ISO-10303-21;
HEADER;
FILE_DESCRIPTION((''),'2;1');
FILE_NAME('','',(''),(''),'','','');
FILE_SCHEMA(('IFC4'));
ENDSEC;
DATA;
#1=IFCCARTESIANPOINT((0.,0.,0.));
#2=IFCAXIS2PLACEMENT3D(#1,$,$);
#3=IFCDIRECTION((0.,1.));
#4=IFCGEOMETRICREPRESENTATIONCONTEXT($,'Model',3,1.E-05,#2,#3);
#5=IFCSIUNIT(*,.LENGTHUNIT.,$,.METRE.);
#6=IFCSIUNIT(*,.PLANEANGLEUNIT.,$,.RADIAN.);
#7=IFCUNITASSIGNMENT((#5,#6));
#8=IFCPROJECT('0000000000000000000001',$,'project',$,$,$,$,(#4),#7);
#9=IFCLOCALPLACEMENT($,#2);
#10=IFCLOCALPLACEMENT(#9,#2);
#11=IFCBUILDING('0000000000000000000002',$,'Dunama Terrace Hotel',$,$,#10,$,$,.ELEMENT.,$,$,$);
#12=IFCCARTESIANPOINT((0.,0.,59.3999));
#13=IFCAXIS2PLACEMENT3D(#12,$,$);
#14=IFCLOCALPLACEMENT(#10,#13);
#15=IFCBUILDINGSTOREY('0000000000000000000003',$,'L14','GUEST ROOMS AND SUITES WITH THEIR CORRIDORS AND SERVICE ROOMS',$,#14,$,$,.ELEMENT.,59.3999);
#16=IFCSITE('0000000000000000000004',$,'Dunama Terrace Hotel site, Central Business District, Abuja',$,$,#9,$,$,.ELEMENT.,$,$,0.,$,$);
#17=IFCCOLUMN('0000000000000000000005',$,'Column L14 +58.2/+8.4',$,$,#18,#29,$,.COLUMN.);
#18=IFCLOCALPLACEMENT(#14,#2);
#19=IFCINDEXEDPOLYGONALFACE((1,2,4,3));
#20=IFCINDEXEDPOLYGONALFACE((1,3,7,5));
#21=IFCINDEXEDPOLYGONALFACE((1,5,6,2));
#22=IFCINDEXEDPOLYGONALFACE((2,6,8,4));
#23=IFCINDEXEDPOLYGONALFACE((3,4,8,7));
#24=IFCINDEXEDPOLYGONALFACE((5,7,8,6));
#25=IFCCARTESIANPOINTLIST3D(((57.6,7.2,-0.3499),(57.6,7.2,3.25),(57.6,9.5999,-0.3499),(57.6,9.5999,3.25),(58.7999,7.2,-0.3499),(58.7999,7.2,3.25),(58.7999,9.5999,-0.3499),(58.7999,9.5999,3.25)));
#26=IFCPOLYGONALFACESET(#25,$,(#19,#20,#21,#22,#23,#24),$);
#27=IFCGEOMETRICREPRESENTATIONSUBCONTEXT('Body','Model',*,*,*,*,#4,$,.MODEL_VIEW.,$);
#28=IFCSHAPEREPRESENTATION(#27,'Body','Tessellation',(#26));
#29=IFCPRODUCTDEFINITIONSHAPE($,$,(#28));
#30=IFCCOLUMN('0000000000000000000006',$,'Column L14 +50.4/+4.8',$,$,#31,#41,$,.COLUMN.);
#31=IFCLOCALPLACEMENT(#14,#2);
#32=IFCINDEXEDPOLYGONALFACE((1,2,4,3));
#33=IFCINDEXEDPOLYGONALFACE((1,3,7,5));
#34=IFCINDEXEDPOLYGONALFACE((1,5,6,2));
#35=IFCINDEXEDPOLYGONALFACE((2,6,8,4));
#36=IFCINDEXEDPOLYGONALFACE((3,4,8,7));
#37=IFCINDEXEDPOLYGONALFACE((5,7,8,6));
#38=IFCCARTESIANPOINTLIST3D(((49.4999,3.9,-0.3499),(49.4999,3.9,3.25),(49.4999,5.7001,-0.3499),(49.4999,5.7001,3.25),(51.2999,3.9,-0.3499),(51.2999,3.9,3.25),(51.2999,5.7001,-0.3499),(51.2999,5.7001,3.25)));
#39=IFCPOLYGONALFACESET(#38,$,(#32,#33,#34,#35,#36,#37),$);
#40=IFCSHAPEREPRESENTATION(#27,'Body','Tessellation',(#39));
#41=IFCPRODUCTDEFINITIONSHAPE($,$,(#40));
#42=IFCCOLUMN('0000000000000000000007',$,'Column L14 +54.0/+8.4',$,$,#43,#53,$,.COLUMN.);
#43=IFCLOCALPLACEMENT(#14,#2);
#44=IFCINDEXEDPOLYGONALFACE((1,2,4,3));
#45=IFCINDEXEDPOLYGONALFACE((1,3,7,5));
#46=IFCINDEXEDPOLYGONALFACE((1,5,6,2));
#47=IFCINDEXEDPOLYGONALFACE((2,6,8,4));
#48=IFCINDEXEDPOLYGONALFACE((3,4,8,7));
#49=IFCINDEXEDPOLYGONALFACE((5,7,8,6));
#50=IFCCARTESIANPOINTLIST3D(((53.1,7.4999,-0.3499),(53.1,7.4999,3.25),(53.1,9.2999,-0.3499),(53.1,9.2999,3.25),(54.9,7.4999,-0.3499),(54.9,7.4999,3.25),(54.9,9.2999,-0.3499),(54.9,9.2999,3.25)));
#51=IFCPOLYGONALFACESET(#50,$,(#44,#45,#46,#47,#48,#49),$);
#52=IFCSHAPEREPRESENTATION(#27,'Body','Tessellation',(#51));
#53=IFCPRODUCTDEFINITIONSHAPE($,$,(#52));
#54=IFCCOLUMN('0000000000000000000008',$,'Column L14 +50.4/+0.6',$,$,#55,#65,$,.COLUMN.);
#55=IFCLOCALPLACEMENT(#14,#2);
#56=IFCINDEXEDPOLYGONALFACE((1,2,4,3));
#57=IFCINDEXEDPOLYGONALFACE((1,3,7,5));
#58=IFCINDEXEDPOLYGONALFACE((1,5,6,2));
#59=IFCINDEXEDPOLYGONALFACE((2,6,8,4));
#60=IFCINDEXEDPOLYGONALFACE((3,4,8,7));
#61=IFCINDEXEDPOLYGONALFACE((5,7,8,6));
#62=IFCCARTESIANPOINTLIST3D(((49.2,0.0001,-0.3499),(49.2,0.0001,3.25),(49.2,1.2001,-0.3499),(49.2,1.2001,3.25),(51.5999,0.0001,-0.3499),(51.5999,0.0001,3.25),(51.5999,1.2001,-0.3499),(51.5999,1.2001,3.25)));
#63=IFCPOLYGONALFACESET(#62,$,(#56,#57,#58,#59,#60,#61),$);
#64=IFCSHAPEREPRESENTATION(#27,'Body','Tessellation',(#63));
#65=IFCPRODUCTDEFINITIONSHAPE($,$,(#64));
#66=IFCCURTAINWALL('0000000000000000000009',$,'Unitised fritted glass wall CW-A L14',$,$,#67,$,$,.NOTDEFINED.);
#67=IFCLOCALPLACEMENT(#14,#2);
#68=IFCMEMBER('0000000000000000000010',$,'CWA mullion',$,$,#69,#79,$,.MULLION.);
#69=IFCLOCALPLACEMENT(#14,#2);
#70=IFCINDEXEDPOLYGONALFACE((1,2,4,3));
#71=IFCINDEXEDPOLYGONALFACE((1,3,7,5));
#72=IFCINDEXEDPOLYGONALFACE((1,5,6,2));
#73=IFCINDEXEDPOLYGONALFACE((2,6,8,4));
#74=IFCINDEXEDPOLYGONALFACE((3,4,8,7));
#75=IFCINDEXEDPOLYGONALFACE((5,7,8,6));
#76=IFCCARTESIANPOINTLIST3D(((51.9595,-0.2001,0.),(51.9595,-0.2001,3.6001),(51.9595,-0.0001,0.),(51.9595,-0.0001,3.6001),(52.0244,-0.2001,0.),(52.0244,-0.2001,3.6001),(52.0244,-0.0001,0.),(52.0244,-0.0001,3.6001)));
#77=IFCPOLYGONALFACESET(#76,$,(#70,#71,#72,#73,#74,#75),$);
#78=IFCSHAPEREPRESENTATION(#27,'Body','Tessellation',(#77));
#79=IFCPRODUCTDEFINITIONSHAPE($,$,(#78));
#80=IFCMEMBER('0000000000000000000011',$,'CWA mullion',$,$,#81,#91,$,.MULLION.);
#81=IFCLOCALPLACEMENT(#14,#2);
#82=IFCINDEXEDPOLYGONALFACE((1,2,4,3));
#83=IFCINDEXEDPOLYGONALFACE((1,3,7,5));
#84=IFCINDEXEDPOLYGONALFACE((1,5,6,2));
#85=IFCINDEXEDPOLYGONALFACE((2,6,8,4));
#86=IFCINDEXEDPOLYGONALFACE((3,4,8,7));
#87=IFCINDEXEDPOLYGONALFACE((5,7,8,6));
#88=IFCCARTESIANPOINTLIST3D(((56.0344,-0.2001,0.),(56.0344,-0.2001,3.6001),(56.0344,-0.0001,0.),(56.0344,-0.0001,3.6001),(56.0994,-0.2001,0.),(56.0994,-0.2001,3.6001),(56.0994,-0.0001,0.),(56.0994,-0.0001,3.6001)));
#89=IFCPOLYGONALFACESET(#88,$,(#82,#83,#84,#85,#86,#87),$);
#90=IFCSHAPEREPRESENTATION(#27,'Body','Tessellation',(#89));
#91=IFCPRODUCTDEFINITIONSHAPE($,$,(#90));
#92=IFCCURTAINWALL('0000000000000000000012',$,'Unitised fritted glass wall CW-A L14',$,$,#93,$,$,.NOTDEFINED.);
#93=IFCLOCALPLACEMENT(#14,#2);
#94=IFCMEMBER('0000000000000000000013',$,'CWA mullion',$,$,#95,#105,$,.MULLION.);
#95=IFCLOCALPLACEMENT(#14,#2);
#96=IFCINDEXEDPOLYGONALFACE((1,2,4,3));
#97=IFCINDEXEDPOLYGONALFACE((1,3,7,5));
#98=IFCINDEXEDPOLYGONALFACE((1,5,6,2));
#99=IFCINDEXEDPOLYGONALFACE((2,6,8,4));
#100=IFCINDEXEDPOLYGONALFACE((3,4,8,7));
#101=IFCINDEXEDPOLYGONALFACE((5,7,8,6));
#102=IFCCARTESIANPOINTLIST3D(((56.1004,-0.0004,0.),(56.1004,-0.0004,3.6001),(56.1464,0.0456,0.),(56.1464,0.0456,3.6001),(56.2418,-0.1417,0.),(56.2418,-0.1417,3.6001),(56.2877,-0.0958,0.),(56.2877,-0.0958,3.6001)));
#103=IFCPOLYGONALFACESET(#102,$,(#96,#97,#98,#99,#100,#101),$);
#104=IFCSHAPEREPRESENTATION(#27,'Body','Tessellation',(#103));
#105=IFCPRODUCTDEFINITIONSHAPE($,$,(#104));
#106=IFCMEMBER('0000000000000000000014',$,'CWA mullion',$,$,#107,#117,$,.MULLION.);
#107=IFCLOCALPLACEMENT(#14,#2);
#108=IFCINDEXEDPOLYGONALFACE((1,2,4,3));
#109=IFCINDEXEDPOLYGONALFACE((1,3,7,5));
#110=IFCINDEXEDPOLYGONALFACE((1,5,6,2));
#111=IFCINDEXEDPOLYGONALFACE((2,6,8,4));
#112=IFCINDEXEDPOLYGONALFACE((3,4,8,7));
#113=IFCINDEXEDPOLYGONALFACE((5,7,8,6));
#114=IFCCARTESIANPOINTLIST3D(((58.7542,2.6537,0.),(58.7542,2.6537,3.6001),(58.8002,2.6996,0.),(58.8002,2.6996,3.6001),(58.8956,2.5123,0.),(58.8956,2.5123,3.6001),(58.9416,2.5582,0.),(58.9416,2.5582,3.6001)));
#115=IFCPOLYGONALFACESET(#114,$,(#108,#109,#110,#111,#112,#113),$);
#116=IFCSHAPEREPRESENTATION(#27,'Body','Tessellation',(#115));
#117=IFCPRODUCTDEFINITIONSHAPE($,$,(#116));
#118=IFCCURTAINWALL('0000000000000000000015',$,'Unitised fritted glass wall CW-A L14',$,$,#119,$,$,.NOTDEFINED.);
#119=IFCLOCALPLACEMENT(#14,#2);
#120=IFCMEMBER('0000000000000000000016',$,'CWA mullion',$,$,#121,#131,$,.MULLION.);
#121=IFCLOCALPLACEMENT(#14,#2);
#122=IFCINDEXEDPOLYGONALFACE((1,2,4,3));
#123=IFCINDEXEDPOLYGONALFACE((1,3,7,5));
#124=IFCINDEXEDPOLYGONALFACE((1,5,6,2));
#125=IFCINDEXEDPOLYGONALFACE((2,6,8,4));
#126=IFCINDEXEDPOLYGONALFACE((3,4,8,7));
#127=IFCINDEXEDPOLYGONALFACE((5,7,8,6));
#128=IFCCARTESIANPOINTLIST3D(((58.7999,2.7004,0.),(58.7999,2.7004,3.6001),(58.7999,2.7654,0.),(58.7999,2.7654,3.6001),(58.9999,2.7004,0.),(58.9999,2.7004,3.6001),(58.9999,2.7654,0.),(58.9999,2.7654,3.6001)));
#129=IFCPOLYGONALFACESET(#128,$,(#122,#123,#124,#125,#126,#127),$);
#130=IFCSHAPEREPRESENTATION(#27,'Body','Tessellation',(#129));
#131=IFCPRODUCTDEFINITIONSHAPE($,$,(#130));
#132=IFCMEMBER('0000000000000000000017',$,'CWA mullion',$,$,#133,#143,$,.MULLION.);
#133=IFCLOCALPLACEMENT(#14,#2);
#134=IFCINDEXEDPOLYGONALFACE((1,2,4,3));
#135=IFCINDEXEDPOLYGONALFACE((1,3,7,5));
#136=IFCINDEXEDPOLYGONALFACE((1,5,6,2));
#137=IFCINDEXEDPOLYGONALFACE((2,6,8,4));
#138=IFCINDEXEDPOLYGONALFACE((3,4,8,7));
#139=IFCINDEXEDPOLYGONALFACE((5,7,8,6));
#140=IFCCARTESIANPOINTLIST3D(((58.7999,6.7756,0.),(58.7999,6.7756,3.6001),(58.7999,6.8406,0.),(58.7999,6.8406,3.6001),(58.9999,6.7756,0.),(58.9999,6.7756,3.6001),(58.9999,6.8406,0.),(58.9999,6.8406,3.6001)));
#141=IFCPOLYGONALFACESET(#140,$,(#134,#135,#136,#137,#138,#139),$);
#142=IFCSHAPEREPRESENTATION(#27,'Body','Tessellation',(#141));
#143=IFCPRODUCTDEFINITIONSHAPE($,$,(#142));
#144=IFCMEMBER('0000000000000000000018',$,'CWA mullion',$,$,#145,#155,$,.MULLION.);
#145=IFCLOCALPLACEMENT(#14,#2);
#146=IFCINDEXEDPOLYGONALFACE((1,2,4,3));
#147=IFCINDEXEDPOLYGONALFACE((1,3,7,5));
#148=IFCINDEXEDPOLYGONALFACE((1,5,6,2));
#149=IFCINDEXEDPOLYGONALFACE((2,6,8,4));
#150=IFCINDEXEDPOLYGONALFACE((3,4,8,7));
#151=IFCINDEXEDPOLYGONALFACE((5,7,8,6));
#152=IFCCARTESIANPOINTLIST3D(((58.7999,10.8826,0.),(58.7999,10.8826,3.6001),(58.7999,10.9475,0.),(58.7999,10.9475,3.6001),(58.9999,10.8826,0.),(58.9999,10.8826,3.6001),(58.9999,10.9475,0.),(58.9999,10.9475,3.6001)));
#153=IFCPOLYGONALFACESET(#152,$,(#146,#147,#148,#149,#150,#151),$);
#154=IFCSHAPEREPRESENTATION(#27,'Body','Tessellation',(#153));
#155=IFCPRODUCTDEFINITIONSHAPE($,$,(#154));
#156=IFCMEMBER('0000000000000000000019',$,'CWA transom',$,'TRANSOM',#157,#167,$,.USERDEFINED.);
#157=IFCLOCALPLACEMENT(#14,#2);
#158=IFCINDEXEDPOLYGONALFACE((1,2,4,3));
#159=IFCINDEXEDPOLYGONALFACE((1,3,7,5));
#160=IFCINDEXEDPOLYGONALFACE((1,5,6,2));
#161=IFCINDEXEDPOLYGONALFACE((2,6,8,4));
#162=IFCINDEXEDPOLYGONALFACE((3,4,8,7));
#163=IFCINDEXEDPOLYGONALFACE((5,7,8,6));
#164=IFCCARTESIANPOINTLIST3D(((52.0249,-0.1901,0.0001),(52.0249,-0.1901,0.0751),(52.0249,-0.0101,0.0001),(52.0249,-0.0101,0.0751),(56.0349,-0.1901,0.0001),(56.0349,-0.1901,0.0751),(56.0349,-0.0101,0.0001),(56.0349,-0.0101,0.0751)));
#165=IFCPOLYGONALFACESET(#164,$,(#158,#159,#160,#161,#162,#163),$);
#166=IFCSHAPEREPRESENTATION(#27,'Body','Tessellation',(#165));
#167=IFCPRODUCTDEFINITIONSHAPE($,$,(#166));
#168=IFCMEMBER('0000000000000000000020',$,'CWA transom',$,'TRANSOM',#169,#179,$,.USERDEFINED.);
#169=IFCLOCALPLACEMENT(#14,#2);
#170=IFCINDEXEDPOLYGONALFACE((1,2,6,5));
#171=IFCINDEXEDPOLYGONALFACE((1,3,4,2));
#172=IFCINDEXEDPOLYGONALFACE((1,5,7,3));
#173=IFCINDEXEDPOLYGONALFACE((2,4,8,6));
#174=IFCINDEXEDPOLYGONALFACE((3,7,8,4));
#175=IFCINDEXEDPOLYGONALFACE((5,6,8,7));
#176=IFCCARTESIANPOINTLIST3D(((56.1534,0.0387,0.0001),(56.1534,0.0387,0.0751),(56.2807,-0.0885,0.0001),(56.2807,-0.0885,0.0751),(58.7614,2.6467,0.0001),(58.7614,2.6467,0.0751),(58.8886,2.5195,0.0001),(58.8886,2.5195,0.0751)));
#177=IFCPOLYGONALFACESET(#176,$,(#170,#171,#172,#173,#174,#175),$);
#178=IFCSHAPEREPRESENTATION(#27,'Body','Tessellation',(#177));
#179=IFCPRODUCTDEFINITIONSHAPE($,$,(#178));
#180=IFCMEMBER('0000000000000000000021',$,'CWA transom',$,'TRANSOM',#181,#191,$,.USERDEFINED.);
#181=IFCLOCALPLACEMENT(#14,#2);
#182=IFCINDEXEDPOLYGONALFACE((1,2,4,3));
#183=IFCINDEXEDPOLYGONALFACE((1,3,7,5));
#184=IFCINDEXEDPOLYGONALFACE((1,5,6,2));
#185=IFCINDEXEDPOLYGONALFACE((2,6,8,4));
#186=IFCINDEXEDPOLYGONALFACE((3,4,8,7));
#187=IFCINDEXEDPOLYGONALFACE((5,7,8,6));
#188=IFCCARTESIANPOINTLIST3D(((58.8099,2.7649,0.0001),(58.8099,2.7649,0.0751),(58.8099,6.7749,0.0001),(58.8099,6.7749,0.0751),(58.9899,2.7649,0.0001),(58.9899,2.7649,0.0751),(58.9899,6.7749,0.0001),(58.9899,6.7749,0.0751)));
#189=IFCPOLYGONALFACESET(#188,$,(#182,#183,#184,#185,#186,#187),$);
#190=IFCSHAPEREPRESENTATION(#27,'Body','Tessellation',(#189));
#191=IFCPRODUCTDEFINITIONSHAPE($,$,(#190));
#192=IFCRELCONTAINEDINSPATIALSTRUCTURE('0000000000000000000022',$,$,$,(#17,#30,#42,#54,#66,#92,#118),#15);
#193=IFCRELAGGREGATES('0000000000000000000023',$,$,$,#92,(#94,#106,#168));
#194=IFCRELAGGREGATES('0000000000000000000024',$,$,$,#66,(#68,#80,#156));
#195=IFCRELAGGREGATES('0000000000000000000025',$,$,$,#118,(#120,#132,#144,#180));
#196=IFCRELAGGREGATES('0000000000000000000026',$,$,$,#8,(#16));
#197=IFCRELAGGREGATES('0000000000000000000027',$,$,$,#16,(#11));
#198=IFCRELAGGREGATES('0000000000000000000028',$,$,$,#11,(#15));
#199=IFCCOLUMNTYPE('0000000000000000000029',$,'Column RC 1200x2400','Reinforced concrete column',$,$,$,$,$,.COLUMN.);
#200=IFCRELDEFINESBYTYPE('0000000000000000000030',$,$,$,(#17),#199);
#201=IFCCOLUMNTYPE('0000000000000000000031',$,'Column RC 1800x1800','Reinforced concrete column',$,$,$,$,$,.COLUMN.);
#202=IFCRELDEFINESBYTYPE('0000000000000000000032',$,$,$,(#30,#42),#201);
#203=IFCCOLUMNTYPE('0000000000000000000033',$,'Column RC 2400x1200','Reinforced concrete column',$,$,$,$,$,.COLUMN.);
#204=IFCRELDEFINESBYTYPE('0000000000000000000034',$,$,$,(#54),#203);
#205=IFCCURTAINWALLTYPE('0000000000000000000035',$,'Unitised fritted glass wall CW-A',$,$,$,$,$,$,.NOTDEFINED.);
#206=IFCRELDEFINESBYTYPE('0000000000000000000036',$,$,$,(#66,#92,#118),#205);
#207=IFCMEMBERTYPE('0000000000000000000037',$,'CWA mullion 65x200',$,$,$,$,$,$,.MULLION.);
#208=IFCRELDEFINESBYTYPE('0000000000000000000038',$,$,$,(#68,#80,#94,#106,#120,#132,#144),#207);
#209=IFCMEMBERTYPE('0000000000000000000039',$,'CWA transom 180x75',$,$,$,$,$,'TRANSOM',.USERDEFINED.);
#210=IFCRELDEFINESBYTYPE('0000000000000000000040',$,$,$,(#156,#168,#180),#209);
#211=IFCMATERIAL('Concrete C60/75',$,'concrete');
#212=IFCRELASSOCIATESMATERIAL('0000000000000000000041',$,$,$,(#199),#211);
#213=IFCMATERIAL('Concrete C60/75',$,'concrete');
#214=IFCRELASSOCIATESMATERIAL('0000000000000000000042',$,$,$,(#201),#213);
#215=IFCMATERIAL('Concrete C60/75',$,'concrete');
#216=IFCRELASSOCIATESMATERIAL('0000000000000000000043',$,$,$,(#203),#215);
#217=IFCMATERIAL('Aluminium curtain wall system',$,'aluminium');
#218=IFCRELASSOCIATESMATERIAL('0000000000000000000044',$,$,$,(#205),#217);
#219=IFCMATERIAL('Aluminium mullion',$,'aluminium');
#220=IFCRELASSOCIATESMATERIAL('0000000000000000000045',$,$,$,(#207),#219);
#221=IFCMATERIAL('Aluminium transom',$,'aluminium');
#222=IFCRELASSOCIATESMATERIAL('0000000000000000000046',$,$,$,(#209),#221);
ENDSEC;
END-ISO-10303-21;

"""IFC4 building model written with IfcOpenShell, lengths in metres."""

from ifc_helpers import new_model, si_unit, direction, frame, origin, origin_2d, place, context, subcontext, project, spatial, rectangle, extrude, material, material_profile, profile_set, type_object, element, aggregate, save


model = new_model("IFC4")

# Units and contexts
model_context = context("Model", 3, precision=1e-05, world=origin(), true_north=direction((0.0, 1.0)))
body_context = subcontext(model_context, "Body", "Model", "MODEL_VIEW")
ifc_project = project(units=[si_unit("LENGTHUNIT", "METRE"), si_unit("PLANEANGLEUNIT", "RADIAN")], contexts=[model_context])

# Site, building, storey
site_placement = place(None, origin())
site = spatial("IfcSite", under=ifc_project, at=site_placement, Name="Dunama Terrace Hotel site, Central Business District, Abuja", CompositionType="ELEMENT", RefElevation=0.0)
building_placement = place(site_placement, origin())
building = spatial("IfcBuilding", under=site, at=building_placement, Name="Dunama Terrace Hotel", CompositionType="ELEMENT")
storey_placement = place(building_placement, frame((0.0, 0.0, 59.3999)))
storey = spatial("IfcBuildingStorey", under=building, at=storey_placement, Name="L14", Description="GUEST ROOMS AND SUITES WITH THEIR CORRIDORS AND SERVICE ROOMS", CompositionType="ELEMENT", Elevation=59.3999)

# Columns
ifc_material_1 = material(Name="Concrete C60/75", Category="concrete")
ifc_material_profile_1 = material_profile(ifc_material_1, rectangle(XDim=1.2, YDim=2.3999, at=origin_2d()), Name="RC 1200x2400")
ifc_profile_set_1 = profile_set([ifc_material_profile_1], Name="Concrete C60/75")
column_type_1 = type_object("IfcColumnType", Name="Column RC 1200x2400", Description="Reinforced concrete column", PredefinedType="COLUMN", material=ifc_profile_set_1)
column_1_placement = place(storey_placement, frame((58.2, 8.3999, -0.3499), z_axis=(0.0, 0.0, 1.0), x_axis=(1.0, 0.0, 0.0)))
element("IfcColumn", 1, at=column_1_placement, inside=storey, type_object=column_type_1, Name="Column L14 +58.2/+8.4", PredefinedType="COLUMN", context=body_context, shape_type="SweptSolid", body=[
    extrude(rectangle(XDim=1.2, YDim=2.3999, at=origin_2d()), origin(), (0.0, 0.0, 1.0), 3.5999),
])
ifc_material_2 = material(Name="Concrete C60/75", Category="concrete")
ifc_material_profile_2 = material_profile(ifc_material_2, rectangle(XDim=1.8, YDim=1.8, at=origin_2d()), Name="RC 1800x1800")
ifc_profile_set_2 = profile_set([ifc_material_profile_2], Name="Concrete C60/75")
column_type_2 = type_object("IfcColumnType", Name="Column RC 1800x1800", Description="Reinforced concrete column", PredefinedType="COLUMN", material=ifc_profile_set_2)
for number, where, z_axis, x_axis, name in (
    (2, (50.3999, 4.8, -0.3499), (0.0, 0.0, 1.0), (1.0, 0.0, 0.0), "Column L14 +50.4/+4.8"),
    (3, (54.0, 8.3999, -0.3499), (0.0, 0.0, 1.0), (1.0, 0.0, 0.0), "Column L14 +54.0/+8.4"),
):
    element("IfcColumn", number, at=place(storey_placement, frame(where, z_axis=z_axis, x_axis=x_axis)), inside=storey, type_object=column_type_2, Name=name, PredefinedType="COLUMN", context=body_context, shape_type="SweptSolid", body=[
        extrude(rectangle(XDim=1.8, YDim=1.8, at=origin_2d()), origin(), (0.0, 0.0, 1.0), 3.5999),
    ])
ifc_material_3 = material(Name="Concrete C60/75", Category="concrete")
ifc_material_profile_3 = material_profile(ifc_material_3, rectangle(XDim=2.3999, YDim=1.2, at=origin_2d()), Name="RC 2400x1200")
ifc_profile_set_3 = profile_set([ifc_material_profile_3], Name="Concrete C60/75")
column_type_3 = type_object("IfcColumnType", Name="Column RC 2400x1200", Description="Reinforced concrete column", PredefinedType="COLUMN", material=ifc_profile_set_3)
column_2_placement = place(storey_placement, frame((50.3999, 0.6001, -0.3499), z_axis=(0.0, 0.0, 1.0), x_axis=(1.0, 0.0, 0.0)))
element("IfcColumn", 4, at=column_2_placement, inside=storey, type_object=column_type_3, Name="Column L14 +50.4/+0.6", PredefinedType="COLUMN", context=body_context, shape_type="SweptSolid", body=[
    extrude(rectangle(XDim=2.3999, YDim=1.2, at=origin_2d()), origin(), (0.0, 0.0, 1.0), 3.5999),
])

# Curtain walls, members
ifc_material_4 = material(Name="Aluminium curtain wall system", Category="aluminium")
curtain_wall_type = type_object("IfcCurtainWallType", Name="Unitised fritted glass wall CW-A", PredefinedType="NOTDEFINED", material=ifc_material_4)
curtain_wall_1_placement = place(storey_placement, origin())
curtain_wall_1 = element("IfcCurtainWall", 5, at=curtain_wall_1_placement, inside=storey, type_object=curtain_wall_type, Name="Unitised fritted glass wall CW-A L14", PredefinedType="NOTDEFINED")
ifc_material_5 = material(Name="Aluminium mullion", Category="aluminium")
ifc_material_profile_4 = material_profile(ifc_material_5, rectangle(XDim=0.0649, YDim=0.2, at=origin_2d()), Name="CWA MULLION 65X200")
ifc_profile_set_4 = profile_set([ifc_material_profile_4], Name="Aluminium mullion")
member_type_1 = type_object("IfcMemberType", Name="CWA mullion 65x200", PredefinedType="MULLION", material=ifc_profile_set_4)
member_1_placement = place(storey_placement, frame((51.9919, -0.1001, 0.0), z_axis=(0.0, 0.0, 1.0), x_axis=(1.0, 0.0, 0.0)))
member_1 = element("IfcMember", 6, at=member_1_placement, type_object=member_type_1, Name="CWA mullion", PredefinedType="MULLION", context=body_context, shape_type="SweptSolid", body=[
    extrude(rectangle(XDim=0.0649, YDim=0.2, at=origin_2d()), origin(), (0.0, 0.0, 1.0), 3.6001),
])
member_2_placement = place(storey_placement, frame((56.0669, -0.1001, 0.0), z_axis=(0.0, 0.0, 1.0), x_axis=(1.0, 0.0, 0.0)))
member_2 = element("IfcMember", 7, at=member_2_placement, type_object=member_type_1, Name="CWA mullion", PredefinedType="MULLION", context=body_context, shape_type="SweptSolid", body=[
    extrude(rectangle(XDim=0.0649, YDim=0.2, at=origin_2d()), origin(), (0.0, 0.0, 1.0), 3.6001),
])
curtain_wall_2_placement = place(storey_placement, origin())
curtain_wall_2 = element("IfcCurtainWall", 8, at=curtain_wall_2_placement, inside=storey, type_object=curtain_wall_type, Name="Unitised fritted glass wall CW-A L14", PredefinedType="NOTDEFINED")
member_3_placement = place(storey_placement, frame((56.1941, -0.0481, 0.0), z_axis=(0.0, 0.0, 1.0), x_axis=(0.707107, 0.707107, 0.0)))
member_3 = element("IfcMember", 9, at=member_3_placement, type_object=member_type_1, Name="CWA mullion", PredefinedType="MULLION", context=body_context, shape_type="SweptSolid", body=[
    extrude(rectangle(XDim=0.0649, YDim=0.2, at=origin_2d()), origin(), (0.0, 0.0, 1.0), 3.6001),
])
member_4_placement = place(storey_placement, frame((58.8479, 2.606, 0.0), z_axis=(0.0, 0.0, 1.0), x_axis=(0.707107, 0.707107, 0.0)))
member_4 = element("IfcMember", 10, at=member_4_placement, type_object=member_type_1, Name="CWA mullion", PredefinedType="MULLION", context=body_context, shape_type="SweptSolid", body=[
    extrude(rectangle(XDim=0.0649, YDim=0.2, at=origin_2d()), origin(), (0.0, 0.0, 1.0), 3.6001),
])
curtain_wall_3_placement = place(storey_placement, origin())
curtain_wall_3 = element("IfcCurtainWall", 11, at=curtain_wall_3_placement, inside=storey, type_object=curtain_wall_type, Name="Unitised fritted glass wall CW-A L14", PredefinedType="NOTDEFINED")
member_5_placement = place(storey_placement, frame((58.8999, 2.7329, 0.0), z_axis=(0.0, 0.0, 1.0), x_axis=(0.0, 1.0, 0.0)))
member_5 = element("IfcMember", 12, at=member_5_placement, type_object=member_type_1, Name="CWA mullion", PredefinedType="MULLION", context=body_context, shape_type="SweptSolid", body=[
    extrude(rectangle(XDim=0.0649, YDim=0.2, at=origin_2d()), origin(), (0.0, 0.0, 1.0), 3.6001),
])
member_6_placement = place(storey_placement, frame((58.8999, 6.8081, 0.0), z_axis=(0.0, 0.0, 1.0), x_axis=(0.0, 1.0, 0.0)))
member_6 = element("IfcMember", 13, at=member_6_placement, type_object=member_type_1, Name="CWA mullion", PredefinedType="MULLION", context=body_context, shape_type="SweptSolid", body=[
    extrude(rectangle(XDim=0.0649, YDim=0.2, at=origin_2d()), origin(), (0.0, 0.0, 1.0), 3.6001),
])
member_7_placement = place(storey_placement, frame((58.8999, 10.915, 0.0), z_axis=(0.0, 0.0, 1.0), x_axis=(0.0, 1.0, 0.0)))
member_7 = element("IfcMember", 14, at=member_7_placement, type_object=member_type_1, Name="CWA mullion", PredefinedType="MULLION", context=body_context, shape_type="SweptSolid", body=[
    extrude(rectangle(XDim=0.0649, YDim=0.2, at=origin_2d()), origin(), (0.0, 0.0, 1.0), 3.6001),
])

# Members
ifc_material_6 = material(Name="Aluminium transom", Category="aluminium")
ifc_material_profile_5 = material_profile(ifc_material_6, rectangle(XDim=0.1799, YDim=0.075, at=origin_2d()), Name="CWA TRANSOM 180X75")
ifc_profile_set_5 = profile_set([ifc_material_profile_5], Name="Aluminium transom")
member_type_2 = type_object("IfcMemberType", Name="CWA transom 180x75", ElementType="TRANSOM", PredefinedType="USERDEFINED", material=ifc_profile_set_5)
member_8_placement = place(storey_placement, frame((52.0249, -0.1001, 0.0376), z_axis=(1.0, 0.0, 0.0), x_axis=(0.0, 1.0, 0.0)))
member_8 = element("IfcMember", 15, at=member_8_placement, type_object=member_type_2, Name="CWA transom", ObjectType="TRANSOM", PredefinedType="USERDEFINED", context=body_context, shape_type="SweptSolid", body=[
    extrude(rectangle(XDim=0.1799, YDim=0.075, at=origin_2d()), origin(), (0.0, 0.0, 1.0), 4.01),
])
member_9_placement = place(storey_placement, frame((56.217, -0.0249, 0.0376), z_axis=(0.707107, 0.707107, 0.0), x_axis=(-0.707107, 0.707107, 0.0)))
member_9 = element("IfcMember", 16, at=member_9_placement, type_object=member_type_2, Name="CWA transom", ObjectType="TRANSOM", PredefinedType="USERDEFINED", context=body_context, shape_type="SweptSolid", body=[
    extrude(rectangle(XDim=0.1799, YDim=0.075, at=origin_2d()), origin(), (0.0, 0.0, 1.0), 3.6882),
])
member_10_placement = place(storey_placement, frame((58.8999, 2.7649, 0.0376), z_axis=(0.0, 1.0, 0.0), x_axis=(-1.0, 0.0, 0.0)))
member_10 = element("IfcMember", 17, at=member_10_placement, type_object=member_type_2, Name="CWA transom", ObjectType="TRANSOM", PredefinedType="USERDEFINED", context=body_context, shape_type="SweptSolid", body=[
    extrude(rectangle(XDim=0.1799, YDim=0.075, at=origin_2d()), origin(), (0.0, 0.0, 1.0), 4.01),
])

aggregate(curtain_wall_2, [member_3, member_4, member_9])
aggregate(curtain_wall_1, [member_1, member_2, member_8])
aggregate(curtain_wall_3, [member_5, member_6, member_7, member_10])

save(model, "model.ifc")
